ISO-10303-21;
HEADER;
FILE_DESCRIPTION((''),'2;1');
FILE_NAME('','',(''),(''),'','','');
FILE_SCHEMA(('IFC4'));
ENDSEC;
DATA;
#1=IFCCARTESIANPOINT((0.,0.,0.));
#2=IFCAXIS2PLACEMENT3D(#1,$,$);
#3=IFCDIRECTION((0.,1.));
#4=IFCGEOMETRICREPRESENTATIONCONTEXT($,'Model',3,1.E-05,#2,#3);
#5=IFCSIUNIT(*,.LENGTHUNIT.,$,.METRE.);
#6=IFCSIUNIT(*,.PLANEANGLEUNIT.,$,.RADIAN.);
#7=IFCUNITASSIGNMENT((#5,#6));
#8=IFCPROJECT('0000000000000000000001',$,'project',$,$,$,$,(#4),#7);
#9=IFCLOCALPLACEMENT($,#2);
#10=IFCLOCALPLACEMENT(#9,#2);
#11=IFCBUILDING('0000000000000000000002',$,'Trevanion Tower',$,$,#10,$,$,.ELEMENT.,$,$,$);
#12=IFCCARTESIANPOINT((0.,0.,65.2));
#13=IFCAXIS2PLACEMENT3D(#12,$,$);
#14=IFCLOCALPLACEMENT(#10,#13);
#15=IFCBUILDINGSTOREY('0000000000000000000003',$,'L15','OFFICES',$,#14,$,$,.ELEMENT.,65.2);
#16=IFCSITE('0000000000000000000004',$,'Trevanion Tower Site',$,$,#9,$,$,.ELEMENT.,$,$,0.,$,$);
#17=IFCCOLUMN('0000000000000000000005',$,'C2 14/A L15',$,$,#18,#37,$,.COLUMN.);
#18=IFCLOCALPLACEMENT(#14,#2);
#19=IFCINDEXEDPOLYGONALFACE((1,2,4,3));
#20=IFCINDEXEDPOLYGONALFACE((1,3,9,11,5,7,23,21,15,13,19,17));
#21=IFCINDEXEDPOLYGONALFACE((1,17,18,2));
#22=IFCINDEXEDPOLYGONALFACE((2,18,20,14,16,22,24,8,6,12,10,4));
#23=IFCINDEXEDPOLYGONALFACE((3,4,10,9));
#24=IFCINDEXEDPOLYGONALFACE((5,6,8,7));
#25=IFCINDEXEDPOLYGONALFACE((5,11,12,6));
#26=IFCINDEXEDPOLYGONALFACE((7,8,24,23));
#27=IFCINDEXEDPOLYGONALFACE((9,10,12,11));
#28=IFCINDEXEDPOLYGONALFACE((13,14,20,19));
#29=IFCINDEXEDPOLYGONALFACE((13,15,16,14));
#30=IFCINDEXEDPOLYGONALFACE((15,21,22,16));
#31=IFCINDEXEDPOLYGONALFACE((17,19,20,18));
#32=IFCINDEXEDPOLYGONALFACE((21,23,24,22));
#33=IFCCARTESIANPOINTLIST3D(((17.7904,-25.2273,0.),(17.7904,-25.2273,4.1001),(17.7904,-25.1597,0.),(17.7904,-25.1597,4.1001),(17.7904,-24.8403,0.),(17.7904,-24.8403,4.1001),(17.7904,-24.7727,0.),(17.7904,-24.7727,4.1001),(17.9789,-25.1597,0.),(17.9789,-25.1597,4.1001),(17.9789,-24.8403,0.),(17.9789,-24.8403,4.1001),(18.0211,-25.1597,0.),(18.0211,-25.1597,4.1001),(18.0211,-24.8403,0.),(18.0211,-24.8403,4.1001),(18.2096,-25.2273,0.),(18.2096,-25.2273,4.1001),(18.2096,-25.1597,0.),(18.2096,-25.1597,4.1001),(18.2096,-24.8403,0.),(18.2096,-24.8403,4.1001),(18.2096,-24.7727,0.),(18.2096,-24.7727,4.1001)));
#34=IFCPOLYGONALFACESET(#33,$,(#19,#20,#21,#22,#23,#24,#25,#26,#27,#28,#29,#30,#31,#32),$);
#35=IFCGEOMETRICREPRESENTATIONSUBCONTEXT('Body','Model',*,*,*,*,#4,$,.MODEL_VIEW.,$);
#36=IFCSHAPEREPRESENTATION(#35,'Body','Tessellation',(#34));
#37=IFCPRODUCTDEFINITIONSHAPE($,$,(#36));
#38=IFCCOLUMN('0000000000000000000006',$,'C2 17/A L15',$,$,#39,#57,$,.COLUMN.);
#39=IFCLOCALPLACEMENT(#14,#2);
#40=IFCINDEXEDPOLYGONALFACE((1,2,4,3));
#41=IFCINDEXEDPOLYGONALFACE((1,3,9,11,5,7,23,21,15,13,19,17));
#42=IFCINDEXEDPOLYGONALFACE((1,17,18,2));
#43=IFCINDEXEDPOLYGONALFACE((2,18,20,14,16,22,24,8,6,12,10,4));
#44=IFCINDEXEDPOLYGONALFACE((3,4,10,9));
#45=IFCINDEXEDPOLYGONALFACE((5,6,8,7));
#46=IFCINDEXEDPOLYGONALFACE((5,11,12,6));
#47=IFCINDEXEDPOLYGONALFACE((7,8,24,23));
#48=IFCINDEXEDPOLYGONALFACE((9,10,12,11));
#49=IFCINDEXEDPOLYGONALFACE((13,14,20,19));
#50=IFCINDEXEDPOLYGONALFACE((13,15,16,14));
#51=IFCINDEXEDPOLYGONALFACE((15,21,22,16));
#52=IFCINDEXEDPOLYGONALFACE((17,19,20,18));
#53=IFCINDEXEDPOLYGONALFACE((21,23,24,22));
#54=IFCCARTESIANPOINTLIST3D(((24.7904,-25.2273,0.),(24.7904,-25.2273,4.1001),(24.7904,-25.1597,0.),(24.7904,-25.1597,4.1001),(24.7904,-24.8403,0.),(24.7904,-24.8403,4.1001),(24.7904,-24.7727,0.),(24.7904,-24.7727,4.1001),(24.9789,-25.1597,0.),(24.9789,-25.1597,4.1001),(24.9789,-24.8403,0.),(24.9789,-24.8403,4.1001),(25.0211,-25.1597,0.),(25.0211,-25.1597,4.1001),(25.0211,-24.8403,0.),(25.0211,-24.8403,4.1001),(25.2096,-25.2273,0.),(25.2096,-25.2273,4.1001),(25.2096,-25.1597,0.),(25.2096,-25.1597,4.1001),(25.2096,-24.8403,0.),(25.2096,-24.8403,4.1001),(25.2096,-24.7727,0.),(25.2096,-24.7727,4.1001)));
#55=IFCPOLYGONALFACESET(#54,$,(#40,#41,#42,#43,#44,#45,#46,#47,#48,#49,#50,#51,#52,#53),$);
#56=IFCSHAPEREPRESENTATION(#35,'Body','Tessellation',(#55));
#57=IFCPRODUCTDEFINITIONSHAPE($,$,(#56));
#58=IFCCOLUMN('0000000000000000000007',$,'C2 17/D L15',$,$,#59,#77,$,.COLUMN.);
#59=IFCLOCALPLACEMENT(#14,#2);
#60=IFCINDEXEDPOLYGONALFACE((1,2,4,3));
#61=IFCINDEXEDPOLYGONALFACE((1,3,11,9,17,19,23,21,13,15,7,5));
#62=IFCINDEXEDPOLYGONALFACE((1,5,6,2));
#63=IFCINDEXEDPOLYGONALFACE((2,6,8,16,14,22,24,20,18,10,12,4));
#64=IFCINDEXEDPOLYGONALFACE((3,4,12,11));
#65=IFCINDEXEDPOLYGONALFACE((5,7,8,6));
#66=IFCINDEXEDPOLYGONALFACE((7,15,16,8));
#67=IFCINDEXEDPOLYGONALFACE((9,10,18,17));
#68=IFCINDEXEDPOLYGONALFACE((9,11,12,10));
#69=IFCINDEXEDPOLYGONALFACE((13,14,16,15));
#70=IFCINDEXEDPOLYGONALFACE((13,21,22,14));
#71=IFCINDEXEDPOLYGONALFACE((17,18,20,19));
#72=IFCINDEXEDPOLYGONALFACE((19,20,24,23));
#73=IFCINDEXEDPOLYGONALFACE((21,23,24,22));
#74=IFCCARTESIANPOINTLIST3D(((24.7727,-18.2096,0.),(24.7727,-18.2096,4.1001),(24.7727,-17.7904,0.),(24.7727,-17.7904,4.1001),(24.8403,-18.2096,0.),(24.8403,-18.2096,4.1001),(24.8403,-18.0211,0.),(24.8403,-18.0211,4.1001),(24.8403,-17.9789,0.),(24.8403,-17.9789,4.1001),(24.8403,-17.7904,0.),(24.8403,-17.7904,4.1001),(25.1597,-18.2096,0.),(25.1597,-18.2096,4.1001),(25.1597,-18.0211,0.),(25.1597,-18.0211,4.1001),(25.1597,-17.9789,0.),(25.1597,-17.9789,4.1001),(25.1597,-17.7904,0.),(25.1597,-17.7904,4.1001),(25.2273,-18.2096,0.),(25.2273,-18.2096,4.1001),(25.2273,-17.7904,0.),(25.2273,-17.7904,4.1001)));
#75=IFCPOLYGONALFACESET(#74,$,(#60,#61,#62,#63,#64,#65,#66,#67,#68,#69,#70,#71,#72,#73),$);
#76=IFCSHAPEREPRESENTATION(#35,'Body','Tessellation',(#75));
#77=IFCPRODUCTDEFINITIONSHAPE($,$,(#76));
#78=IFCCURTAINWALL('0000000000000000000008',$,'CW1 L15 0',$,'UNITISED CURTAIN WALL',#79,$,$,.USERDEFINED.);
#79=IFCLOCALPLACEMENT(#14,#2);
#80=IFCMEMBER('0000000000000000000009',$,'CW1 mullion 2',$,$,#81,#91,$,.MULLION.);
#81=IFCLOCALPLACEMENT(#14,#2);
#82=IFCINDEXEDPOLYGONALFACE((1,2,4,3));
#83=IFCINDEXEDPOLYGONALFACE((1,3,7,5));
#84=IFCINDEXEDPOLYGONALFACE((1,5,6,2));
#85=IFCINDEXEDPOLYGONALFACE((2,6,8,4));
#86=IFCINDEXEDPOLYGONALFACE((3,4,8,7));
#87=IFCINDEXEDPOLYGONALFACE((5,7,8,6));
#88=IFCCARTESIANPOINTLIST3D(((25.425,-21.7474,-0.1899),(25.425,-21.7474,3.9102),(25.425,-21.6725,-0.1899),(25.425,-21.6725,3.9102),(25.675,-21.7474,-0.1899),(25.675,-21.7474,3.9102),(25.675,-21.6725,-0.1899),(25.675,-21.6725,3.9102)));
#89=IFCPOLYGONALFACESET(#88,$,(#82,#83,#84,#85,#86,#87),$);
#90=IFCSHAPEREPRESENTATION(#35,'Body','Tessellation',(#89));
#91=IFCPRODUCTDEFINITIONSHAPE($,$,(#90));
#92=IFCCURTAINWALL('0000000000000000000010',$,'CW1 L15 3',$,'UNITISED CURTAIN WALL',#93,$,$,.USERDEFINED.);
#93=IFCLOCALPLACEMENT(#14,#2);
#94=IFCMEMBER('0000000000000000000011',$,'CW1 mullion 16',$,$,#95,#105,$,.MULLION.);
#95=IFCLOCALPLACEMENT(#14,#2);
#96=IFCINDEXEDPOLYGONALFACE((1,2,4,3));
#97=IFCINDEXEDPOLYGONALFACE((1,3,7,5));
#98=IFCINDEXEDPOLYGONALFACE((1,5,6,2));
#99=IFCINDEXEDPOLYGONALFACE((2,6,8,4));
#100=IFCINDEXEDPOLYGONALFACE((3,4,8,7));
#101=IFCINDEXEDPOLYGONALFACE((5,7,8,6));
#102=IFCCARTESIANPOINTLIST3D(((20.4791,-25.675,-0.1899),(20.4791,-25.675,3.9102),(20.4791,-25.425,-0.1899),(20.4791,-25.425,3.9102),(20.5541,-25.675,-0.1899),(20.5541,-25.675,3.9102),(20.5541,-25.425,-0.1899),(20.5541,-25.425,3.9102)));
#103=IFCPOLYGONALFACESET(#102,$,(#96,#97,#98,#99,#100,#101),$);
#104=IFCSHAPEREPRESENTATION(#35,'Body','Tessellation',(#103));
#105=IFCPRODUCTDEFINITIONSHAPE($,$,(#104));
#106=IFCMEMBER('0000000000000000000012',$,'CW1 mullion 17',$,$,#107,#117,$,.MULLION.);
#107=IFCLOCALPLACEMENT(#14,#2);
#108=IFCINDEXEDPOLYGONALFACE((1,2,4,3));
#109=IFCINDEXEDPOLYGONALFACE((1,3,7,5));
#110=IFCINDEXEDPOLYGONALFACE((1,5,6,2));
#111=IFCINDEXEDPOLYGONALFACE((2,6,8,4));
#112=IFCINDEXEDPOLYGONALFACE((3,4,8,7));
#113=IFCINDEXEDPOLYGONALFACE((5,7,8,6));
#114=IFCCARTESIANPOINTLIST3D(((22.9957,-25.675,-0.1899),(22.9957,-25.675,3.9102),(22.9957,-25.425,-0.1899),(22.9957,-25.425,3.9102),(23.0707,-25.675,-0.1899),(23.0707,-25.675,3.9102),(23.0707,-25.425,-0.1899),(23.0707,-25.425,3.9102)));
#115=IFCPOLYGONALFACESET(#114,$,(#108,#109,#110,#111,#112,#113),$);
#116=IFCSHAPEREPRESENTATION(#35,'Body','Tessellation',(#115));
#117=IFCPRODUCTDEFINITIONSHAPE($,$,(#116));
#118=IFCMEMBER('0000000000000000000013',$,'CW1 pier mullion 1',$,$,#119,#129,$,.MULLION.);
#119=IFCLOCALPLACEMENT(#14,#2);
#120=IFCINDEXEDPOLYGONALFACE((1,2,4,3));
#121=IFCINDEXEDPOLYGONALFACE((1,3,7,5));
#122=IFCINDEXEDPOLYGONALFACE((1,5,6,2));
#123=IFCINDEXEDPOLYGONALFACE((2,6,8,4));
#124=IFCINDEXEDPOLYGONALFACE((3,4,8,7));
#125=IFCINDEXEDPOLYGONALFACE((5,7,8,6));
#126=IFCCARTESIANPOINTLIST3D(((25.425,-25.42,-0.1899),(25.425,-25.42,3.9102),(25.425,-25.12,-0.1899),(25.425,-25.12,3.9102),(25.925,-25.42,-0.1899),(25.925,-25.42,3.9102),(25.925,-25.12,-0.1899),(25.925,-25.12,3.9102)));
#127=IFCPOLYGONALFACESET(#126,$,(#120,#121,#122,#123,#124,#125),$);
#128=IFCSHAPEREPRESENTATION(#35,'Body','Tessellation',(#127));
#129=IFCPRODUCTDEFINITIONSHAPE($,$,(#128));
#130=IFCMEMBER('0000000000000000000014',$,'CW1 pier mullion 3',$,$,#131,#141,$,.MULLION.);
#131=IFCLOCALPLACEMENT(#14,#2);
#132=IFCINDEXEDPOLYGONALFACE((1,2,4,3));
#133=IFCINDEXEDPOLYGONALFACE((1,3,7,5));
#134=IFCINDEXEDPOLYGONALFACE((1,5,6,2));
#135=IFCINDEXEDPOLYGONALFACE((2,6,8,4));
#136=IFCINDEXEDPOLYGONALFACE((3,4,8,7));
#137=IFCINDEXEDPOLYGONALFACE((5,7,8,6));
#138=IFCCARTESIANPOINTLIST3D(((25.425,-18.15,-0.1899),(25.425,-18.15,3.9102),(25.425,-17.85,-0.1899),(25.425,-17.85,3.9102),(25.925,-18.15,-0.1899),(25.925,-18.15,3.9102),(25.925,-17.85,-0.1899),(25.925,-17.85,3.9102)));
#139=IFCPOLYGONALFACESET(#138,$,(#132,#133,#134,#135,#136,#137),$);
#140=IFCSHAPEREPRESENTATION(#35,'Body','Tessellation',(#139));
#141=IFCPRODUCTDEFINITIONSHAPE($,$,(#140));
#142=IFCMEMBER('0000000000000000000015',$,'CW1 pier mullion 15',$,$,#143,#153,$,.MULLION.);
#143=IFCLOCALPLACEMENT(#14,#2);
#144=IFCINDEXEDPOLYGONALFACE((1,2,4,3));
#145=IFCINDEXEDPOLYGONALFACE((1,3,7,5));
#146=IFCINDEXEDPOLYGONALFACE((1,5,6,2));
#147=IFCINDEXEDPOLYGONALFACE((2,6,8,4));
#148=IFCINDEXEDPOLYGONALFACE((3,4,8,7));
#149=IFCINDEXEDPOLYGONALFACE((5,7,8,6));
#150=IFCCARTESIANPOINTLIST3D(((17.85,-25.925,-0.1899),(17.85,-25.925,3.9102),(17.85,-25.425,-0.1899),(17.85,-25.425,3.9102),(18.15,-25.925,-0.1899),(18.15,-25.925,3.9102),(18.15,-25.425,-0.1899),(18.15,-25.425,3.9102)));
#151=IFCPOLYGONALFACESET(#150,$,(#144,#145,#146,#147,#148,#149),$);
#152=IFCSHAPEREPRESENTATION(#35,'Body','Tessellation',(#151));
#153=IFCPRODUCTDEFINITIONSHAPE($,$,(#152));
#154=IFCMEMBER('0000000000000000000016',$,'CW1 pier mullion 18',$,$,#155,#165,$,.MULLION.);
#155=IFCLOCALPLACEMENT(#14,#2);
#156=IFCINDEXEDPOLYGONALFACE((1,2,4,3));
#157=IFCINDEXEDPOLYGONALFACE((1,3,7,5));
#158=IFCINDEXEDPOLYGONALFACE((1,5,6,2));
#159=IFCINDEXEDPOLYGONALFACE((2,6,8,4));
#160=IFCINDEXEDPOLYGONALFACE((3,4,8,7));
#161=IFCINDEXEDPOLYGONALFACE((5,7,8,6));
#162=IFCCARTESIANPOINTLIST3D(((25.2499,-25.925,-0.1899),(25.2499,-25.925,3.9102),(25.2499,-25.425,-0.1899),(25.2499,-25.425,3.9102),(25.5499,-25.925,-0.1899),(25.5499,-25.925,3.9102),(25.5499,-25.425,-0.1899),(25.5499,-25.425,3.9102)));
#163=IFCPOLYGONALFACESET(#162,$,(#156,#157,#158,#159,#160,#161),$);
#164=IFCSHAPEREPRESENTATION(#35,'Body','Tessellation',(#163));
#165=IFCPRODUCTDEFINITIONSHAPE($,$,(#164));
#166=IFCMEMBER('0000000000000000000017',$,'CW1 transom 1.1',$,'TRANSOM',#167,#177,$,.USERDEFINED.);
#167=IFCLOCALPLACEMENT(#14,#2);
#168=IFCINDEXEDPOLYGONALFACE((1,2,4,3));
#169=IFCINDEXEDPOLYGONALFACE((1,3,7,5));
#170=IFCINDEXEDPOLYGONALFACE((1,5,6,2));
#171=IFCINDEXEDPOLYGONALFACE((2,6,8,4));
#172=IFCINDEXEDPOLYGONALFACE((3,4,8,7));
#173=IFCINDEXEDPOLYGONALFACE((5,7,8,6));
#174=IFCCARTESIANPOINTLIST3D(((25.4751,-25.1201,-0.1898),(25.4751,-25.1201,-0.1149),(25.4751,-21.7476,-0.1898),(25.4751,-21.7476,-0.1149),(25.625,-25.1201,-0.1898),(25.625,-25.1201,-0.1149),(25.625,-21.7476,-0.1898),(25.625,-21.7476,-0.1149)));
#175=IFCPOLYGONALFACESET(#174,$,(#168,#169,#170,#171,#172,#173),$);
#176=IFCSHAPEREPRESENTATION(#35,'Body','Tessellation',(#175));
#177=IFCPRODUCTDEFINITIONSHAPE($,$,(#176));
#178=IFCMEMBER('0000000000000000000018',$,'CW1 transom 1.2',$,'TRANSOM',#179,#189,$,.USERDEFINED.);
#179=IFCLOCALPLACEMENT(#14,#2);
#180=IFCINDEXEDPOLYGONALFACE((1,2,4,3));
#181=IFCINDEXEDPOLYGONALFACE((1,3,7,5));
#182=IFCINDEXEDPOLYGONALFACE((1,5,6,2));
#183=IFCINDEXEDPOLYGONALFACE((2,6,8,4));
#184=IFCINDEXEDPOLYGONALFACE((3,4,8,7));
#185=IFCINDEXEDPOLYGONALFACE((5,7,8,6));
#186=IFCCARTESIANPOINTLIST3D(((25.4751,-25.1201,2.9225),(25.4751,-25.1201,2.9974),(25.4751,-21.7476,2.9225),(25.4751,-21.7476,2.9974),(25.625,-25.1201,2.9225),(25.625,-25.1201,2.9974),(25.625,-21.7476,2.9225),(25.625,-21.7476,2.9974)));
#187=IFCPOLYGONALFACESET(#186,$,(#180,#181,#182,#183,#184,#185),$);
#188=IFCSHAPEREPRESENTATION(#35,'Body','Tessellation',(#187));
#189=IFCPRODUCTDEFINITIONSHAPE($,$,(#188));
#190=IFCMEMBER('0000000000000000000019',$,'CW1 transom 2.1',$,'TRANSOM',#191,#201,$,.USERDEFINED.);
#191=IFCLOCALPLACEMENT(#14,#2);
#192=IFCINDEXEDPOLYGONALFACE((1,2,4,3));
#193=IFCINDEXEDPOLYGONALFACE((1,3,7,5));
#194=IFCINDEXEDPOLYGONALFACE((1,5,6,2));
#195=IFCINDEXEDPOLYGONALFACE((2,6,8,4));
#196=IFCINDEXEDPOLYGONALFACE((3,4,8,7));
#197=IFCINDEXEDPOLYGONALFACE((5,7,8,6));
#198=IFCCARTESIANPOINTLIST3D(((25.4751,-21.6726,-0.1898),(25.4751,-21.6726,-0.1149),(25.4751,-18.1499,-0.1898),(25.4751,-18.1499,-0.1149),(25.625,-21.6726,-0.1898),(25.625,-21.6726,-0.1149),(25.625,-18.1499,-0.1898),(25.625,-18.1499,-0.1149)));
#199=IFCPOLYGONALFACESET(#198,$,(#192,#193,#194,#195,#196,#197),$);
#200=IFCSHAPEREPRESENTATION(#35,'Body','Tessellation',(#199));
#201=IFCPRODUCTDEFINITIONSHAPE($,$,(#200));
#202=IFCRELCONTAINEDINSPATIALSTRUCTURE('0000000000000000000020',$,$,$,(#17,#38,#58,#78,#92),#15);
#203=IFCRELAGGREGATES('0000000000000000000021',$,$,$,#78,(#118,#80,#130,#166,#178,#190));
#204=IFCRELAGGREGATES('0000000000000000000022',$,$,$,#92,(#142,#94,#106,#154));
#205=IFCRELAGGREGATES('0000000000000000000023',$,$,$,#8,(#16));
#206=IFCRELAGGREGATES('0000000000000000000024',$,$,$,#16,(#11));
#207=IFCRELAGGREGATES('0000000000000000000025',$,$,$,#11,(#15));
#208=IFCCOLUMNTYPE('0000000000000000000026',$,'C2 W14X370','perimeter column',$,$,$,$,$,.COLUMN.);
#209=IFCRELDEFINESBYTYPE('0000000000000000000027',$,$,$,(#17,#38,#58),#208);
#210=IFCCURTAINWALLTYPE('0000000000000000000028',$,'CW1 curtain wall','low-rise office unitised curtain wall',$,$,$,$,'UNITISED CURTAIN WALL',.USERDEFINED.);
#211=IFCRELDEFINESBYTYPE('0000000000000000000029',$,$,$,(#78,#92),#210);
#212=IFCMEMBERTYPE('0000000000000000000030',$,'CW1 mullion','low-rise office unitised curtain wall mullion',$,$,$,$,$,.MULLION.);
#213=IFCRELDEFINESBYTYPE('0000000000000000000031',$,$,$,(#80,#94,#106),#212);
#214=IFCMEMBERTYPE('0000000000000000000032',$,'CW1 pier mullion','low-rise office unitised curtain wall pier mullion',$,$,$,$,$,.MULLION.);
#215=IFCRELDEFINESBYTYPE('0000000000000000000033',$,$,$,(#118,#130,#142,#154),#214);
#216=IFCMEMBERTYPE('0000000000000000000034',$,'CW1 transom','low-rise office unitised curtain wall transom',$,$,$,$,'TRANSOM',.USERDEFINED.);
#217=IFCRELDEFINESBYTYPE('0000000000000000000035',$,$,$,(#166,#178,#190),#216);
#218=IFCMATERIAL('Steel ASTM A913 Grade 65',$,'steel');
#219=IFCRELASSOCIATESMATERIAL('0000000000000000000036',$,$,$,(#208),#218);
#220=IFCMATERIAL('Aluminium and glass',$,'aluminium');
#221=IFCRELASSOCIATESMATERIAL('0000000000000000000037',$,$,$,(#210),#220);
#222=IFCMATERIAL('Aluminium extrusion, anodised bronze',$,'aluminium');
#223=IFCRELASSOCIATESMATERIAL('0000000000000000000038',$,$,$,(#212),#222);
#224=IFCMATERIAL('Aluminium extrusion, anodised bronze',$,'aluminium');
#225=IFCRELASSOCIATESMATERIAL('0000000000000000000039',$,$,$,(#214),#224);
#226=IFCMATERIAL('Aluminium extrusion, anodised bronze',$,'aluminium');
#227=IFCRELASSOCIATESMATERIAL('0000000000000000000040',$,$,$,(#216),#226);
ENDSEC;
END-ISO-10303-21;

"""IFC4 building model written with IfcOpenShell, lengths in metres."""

from ifc_helpers import new_model, si_unit, direction, frame, origin, origin_2d, place, context, subcontext, project, spatial, rectangle, i_section, extrude, material, material_profile, profile_set, type_object, element, aggregate, save


model = new_model("IFC4")

# Units and contexts
model_context = context("Model", 3, precision=1e-05, world=origin(), true_north=direction((0.0, 1.0)))
body_context = subcontext(model_context, "Body", "Model", "MODEL_VIEW")
ifc_project = project(units=[si_unit("LENGTHUNIT", "METRE"), si_unit("PLANEANGLEUNIT", "RADIAN")], contexts=[model_context])

# Site, building, storey
site_placement = place(None, origin())
site = spatial("IfcSite", under=ifc_project, at=site_placement, Name="Trevanion Tower Site", CompositionType="ELEMENT", RefElevation=0.0)
building_placement = place(site_placement, origin())
building = spatial("IfcBuilding", under=site, at=building_placement, Name="Trevanion Tower", CompositionType="ELEMENT")
storey_placement = place(building_placement, frame((0.0, 0.0, 65.2)))
storey = spatial("IfcBuildingStorey", under=building, at=storey_placement, Name="L15", Description="OFFICES", CompositionType="ELEMENT", Elevation=65.2)

# Columns
ifc_material_1 = material(Name="Steel ASTM A913 Grade 65", Category="steel")
ifc_material_profile_1 = material_profile(ifc_material_1, i_section(OverallWidth=0.4192, OverallDepth=0.4546, WebThickness=0.0422, FlangeThickness=0.0676, at=origin_2d()), Name="W14X370")
ifc_profile_set_1 = profile_set([ifc_material_profile_1], Name="Steel ASTM A913 Grade 65")
column_type = type_object("IfcColumnType", Name="C2 W14X370", Description="perimeter column", PredefinedType="COLUMN", material=ifc_profile_set_1)
for number, where, z_axis, x_axis, name in (
    (1, (18.0, -25.0, 0.0), (0.0, 0.0, 1.0), (1.0, 0.0, 0.0), "C2 14/A L15"),
    (2, (25.0, -25.0, 0.0), (0.0, 0.0, 1.0), (1.0, 0.0, 0.0), "C2 17/A L15"),
    (3, (25.0, -18.0, 0.0), (0.0, 0.0, 1.0), (0.0, 1.0, 0.0), "C2 17/D L15"),
):
    element("IfcColumn", number, at=place(storey_placement, frame(where, z_axis=z_axis, x_axis=x_axis)), inside=storey, type_object=column_type, Name=name, PredefinedType="COLUMN", context=body_context, shape_type="SweptSolid", body=[
        extrude(i_section(OverallWidth=0.4192, OverallDepth=0.4546, WebThickness=0.0422, FlangeThickness=0.0676, at=origin_2d()), origin(), (0.0, 0.0, 1.0), 4.1001),
    ])

# Curtain wall, member
ifc_material_2 = material(Name="Aluminium and glass", Category="aluminium")
curtain_wall_type = type_object("IfcCurtainWallType", Name="CW1 curtain wall", Description="low-rise office unitised curtain wall", ElementType="UNITISED CURTAIN WALL", PredefinedType="USERDEFINED", material=ifc_material_2)
curtain_wall_1_placement = place(storey_placement, origin())
curtain_wall_1 = element("IfcCurtainWall", 4, at=curtain_wall_1_placement, inside=storey, type_object=curtain_wall_type, Name="CW1 L15 0", ObjectType="UNITISED CURTAIN WALL", PredefinedType="USERDEFINED")
ifc_material_3 = material(Name="Aluminium extrusion, anodised bronze", Category="aluminium")
ifc_material_profile_2 = material_profile(ifc_material_3, rectangle(XDim=0.075, YDim=0.25, at=origin_2d()), Name="CW1 mullion")
ifc_profile_set_2 = profile_set([ifc_material_profile_2], Name="Aluminium extrusion, anodised bronze")
member_type_1 = type_object("IfcMemberType", Name="CW1 mullion", Description="low-rise office unitised curtain wall mullion", PredefinedType="MULLION", material=ifc_profile_set_2)
member_1_placement = place(storey_placement, frame((25.55, -21.71, -0.1899), z_axis=(0.0, 0.0, 1.0), x_axis=(0.0, 1.0, 0.0)))
member_1 = element("IfcMember", 5, at=member_1_placement, type_object=member_type_1, Name="CW1 mullion 2", PredefinedType="MULLION", context=body_context, shape_type="SweptSolid", body=[
    extrude(rectangle(XDim=0.075, YDim=0.25, at=origin_2d()), origin(), (0.0, 0.0, 1.0), 4.1001),
])

# Curtain wall, members
curtain_wall_2_placement = place(storey_placement, origin())
curtain_wall_2 = element("IfcCurtainWall", 6, at=curtain_wall_2_placement, inside=storey, type_object=curtain_wall_type, Name="CW1 L15 3", ObjectType="UNITISED CURTAIN WALL", PredefinedType="USERDEFINED")
member_2_placement = place(storey_placement, frame((20.5166, -25.55, -0.1899), z_axis=(0.0, 0.0, 1.0), x_axis=(1.0, 0.0, 0.0)))
member_2 = element("IfcMember", 7, at=member_2_placement, type_object=member_type_1, Name="CW1 mullion 16", PredefinedType="MULLION", context=body_context, shape_type="SweptSolid", body=[
    extrude(rectangle(XDim=0.075, YDim=0.25, at=origin_2d()), origin(), (0.0, 0.0, 1.0), 4.1001),
])
member_3_placement = place(storey_placement, frame((23.0332, -25.55, -0.1899), z_axis=(0.0, 0.0, 1.0), x_axis=(1.0, 0.0, 0.0)))
member_3 = element("IfcMember", 8, at=member_3_placement, type_object=member_type_1, Name="CW1 mullion 17", PredefinedType="MULLION", context=body_context, shape_type="SweptSolid", body=[
    extrude(rectangle(XDim=0.075, YDim=0.25, at=origin_2d()), origin(), (0.0, 0.0, 1.0), 4.1001),
])

# Members
ifc_material_4 = material(Name="Aluminium extrusion, anodised bronze", Category="aluminium")
ifc_material_profile_3 = material_profile(ifc_material_4, rectangle(XDim=0.3, YDim=0.5, at=origin_2d()), Name="CW1 pier mullion")
ifc_profile_set_3 = profile_set([ifc_material_profile_3], Name="Aluminium extrusion, anodised bronze")
member_type_2 = type_object("IfcMemberType", Name="CW1 pier mullion", Description="low-rise office unitised curtain wall pier mullion", PredefinedType="MULLION", material=ifc_profile_set_3)
member_4_placement = place(storey_placement, frame((25.675, -25.27, -0.1899), z_axis=(0.0, 0.0, 1.0), x_axis=(0.0, 1.0, 0.0)))
member_4 = element("IfcMember", 9, at=member_4_placement, type_object=member_type_2, Name="CW1 pier mullion 1", PredefinedType="MULLION", context=body_context, shape_type="SweptSolid", body=[
    extrude(rectangle(XDim=0.3, YDim=0.5, at=origin_2d()), origin(), (0.0, 0.0, 1.0), 4.1001),
])
member_5_placement = place(storey_placement, frame((25.675, -18.0, -0.1899), z_axis=(0.0, 0.0, 1.0), x_axis=(0.0, 1.0, 0.0)))
member_5 = element("IfcMember", 10, at=member_5_placement, type_object=member_type_2, Name="CW1 pier mullion 3", PredefinedType="MULLION", context=body_context, shape_type="SweptSolid", body=[
    extrude(rectangle(XDim=0.3, YDim=0.5, at=origin_2d()), origin(), (0.0, 0.0, 1.0), 4.1001),
])
member_6_placement = place(storey_placement, frame((18.0, -25.675, -0.1899), z_axis=(0.0, 0.0, 1.0), x_axis=(1.0, 0.0, 0.0)))
member_6 = element("IfcMember", 11, at=member_6_placement, type_object=member_type_2, Name="CW1 pier mullion 15", PredefinedType="MULLION", context=body_context, shape_type="SweptSolid", body=[
    extrude(rectangle(XDim=0.3, YDim=0.5, at=origin_2d()), origin(), (0.0, 0.0, 1.0), 4.1001),
])
member_7_placement = place(storey_placement, frame((25.3999, -25.675, -0.1899), z_axis=(0.0, 0.0, 1.0), x_axis=(1.0, 0.0, 0.0)))
member_7 = element("IfcMember", 12, at=member_7_placement, type_object=member_type_2, Name="CW1 pier mullion 18", PredefinedType="MULLION", context=body_context, shape_type="SweptSolid", body=[
    extrude(rectangle(XDim=0.3, YDim=0.5, at=origin_2d()), origin(), (0.0, 0.0, 1.0), 4.1001),
])
ifc_material_5 = material(Name="Aluminium extrusion, anodised bronze", Category="aluminium")
ifc_material_profile_4 = material_profile(ifc_material_5, rectangle(XDim=0.1499, YDim=0.075, at=origin_2d()), Name="CW1 transom")
ifc_profile_set_4 = profile_set([ifc_material_profile_4], Name="Aluminium extrusion, anodised bronze")
member_type_3 = type_object("IfcMemberType", Name="CW1 transom", Description="low-rise office unitised curtain wall transom", ElementType="TRANSOM", PredefinedType="USERDEFINED", material=ifc_profile_set_4)
member_8_placement = place(storey_placement, frame((25.55, -25.1201, -0.1523), z_axis=(0.0, 1.0, 0.0), x_axis=(-1.0, 0.0, 0.0)))
member_8 = element("IfcMember", 13, at=member_8_placement, type_object=member_type_3, Name="CW1 transom 1.1", ObjectType="TRANSOM", PredefinedType="USERDEFINED", context=body_context, shape_type="SweptSolid", body=[
    extrude(rectangle(XDim=0.1499, YDim=0.075, at=origin_2d()), origin(), (0.0, 0.0, 1.0), 3.3726),
])
member_9_placement = place(storey_placement, frame((25.55, -25.1201, 2.96), z_axis=(0.0, 1.0, 0.0), x_axis=(-1.0, 0.0, 0.0)))
member_9 = element("IfcMember", 14, at=member_9_placement, type_object=member_type_3, Name="CW1 transom 1.2", ObjectType="TRANSOM", PredefinedType="USERDEFINED", context=body_context, shape_type="SweptSolid", body=[
    extrude(rectangle(XDim=0.1499, YDim=0.075, at=origin_2d()), origin(), (0.0, 0.0, 1.0), 3.3726),
])
member_10_placement = place(storey_placement, frame((25.55, -21.6726, -0.1523), z_axis=(0.0, 1.0, 0.0), x_axis=(-1.0, 0.0, 0.0)))
member_10 = element("IfcMember", 15, at=member_10_placement, type_object=member_type_3, Name="CW1 transom 2.1", ObjectType="TRANSOM", PredefinedType="USERDEFINED", context=body_context, shape_type="SweptSolid", body=[
    extrude(rectangle(XDim=0.1499, YDim=0.075, at=origin_2d()), origin(), (0.0, 0.0, 1.0), 3.5227),
])

aggregate(curtain_wall_1, [member_4, member_1, member_5, member_8, member_9, member_10])
aggregate(curtain_wall_2, [member_6, member_2, member_3, member_7])

save(model, "model.ifc")
